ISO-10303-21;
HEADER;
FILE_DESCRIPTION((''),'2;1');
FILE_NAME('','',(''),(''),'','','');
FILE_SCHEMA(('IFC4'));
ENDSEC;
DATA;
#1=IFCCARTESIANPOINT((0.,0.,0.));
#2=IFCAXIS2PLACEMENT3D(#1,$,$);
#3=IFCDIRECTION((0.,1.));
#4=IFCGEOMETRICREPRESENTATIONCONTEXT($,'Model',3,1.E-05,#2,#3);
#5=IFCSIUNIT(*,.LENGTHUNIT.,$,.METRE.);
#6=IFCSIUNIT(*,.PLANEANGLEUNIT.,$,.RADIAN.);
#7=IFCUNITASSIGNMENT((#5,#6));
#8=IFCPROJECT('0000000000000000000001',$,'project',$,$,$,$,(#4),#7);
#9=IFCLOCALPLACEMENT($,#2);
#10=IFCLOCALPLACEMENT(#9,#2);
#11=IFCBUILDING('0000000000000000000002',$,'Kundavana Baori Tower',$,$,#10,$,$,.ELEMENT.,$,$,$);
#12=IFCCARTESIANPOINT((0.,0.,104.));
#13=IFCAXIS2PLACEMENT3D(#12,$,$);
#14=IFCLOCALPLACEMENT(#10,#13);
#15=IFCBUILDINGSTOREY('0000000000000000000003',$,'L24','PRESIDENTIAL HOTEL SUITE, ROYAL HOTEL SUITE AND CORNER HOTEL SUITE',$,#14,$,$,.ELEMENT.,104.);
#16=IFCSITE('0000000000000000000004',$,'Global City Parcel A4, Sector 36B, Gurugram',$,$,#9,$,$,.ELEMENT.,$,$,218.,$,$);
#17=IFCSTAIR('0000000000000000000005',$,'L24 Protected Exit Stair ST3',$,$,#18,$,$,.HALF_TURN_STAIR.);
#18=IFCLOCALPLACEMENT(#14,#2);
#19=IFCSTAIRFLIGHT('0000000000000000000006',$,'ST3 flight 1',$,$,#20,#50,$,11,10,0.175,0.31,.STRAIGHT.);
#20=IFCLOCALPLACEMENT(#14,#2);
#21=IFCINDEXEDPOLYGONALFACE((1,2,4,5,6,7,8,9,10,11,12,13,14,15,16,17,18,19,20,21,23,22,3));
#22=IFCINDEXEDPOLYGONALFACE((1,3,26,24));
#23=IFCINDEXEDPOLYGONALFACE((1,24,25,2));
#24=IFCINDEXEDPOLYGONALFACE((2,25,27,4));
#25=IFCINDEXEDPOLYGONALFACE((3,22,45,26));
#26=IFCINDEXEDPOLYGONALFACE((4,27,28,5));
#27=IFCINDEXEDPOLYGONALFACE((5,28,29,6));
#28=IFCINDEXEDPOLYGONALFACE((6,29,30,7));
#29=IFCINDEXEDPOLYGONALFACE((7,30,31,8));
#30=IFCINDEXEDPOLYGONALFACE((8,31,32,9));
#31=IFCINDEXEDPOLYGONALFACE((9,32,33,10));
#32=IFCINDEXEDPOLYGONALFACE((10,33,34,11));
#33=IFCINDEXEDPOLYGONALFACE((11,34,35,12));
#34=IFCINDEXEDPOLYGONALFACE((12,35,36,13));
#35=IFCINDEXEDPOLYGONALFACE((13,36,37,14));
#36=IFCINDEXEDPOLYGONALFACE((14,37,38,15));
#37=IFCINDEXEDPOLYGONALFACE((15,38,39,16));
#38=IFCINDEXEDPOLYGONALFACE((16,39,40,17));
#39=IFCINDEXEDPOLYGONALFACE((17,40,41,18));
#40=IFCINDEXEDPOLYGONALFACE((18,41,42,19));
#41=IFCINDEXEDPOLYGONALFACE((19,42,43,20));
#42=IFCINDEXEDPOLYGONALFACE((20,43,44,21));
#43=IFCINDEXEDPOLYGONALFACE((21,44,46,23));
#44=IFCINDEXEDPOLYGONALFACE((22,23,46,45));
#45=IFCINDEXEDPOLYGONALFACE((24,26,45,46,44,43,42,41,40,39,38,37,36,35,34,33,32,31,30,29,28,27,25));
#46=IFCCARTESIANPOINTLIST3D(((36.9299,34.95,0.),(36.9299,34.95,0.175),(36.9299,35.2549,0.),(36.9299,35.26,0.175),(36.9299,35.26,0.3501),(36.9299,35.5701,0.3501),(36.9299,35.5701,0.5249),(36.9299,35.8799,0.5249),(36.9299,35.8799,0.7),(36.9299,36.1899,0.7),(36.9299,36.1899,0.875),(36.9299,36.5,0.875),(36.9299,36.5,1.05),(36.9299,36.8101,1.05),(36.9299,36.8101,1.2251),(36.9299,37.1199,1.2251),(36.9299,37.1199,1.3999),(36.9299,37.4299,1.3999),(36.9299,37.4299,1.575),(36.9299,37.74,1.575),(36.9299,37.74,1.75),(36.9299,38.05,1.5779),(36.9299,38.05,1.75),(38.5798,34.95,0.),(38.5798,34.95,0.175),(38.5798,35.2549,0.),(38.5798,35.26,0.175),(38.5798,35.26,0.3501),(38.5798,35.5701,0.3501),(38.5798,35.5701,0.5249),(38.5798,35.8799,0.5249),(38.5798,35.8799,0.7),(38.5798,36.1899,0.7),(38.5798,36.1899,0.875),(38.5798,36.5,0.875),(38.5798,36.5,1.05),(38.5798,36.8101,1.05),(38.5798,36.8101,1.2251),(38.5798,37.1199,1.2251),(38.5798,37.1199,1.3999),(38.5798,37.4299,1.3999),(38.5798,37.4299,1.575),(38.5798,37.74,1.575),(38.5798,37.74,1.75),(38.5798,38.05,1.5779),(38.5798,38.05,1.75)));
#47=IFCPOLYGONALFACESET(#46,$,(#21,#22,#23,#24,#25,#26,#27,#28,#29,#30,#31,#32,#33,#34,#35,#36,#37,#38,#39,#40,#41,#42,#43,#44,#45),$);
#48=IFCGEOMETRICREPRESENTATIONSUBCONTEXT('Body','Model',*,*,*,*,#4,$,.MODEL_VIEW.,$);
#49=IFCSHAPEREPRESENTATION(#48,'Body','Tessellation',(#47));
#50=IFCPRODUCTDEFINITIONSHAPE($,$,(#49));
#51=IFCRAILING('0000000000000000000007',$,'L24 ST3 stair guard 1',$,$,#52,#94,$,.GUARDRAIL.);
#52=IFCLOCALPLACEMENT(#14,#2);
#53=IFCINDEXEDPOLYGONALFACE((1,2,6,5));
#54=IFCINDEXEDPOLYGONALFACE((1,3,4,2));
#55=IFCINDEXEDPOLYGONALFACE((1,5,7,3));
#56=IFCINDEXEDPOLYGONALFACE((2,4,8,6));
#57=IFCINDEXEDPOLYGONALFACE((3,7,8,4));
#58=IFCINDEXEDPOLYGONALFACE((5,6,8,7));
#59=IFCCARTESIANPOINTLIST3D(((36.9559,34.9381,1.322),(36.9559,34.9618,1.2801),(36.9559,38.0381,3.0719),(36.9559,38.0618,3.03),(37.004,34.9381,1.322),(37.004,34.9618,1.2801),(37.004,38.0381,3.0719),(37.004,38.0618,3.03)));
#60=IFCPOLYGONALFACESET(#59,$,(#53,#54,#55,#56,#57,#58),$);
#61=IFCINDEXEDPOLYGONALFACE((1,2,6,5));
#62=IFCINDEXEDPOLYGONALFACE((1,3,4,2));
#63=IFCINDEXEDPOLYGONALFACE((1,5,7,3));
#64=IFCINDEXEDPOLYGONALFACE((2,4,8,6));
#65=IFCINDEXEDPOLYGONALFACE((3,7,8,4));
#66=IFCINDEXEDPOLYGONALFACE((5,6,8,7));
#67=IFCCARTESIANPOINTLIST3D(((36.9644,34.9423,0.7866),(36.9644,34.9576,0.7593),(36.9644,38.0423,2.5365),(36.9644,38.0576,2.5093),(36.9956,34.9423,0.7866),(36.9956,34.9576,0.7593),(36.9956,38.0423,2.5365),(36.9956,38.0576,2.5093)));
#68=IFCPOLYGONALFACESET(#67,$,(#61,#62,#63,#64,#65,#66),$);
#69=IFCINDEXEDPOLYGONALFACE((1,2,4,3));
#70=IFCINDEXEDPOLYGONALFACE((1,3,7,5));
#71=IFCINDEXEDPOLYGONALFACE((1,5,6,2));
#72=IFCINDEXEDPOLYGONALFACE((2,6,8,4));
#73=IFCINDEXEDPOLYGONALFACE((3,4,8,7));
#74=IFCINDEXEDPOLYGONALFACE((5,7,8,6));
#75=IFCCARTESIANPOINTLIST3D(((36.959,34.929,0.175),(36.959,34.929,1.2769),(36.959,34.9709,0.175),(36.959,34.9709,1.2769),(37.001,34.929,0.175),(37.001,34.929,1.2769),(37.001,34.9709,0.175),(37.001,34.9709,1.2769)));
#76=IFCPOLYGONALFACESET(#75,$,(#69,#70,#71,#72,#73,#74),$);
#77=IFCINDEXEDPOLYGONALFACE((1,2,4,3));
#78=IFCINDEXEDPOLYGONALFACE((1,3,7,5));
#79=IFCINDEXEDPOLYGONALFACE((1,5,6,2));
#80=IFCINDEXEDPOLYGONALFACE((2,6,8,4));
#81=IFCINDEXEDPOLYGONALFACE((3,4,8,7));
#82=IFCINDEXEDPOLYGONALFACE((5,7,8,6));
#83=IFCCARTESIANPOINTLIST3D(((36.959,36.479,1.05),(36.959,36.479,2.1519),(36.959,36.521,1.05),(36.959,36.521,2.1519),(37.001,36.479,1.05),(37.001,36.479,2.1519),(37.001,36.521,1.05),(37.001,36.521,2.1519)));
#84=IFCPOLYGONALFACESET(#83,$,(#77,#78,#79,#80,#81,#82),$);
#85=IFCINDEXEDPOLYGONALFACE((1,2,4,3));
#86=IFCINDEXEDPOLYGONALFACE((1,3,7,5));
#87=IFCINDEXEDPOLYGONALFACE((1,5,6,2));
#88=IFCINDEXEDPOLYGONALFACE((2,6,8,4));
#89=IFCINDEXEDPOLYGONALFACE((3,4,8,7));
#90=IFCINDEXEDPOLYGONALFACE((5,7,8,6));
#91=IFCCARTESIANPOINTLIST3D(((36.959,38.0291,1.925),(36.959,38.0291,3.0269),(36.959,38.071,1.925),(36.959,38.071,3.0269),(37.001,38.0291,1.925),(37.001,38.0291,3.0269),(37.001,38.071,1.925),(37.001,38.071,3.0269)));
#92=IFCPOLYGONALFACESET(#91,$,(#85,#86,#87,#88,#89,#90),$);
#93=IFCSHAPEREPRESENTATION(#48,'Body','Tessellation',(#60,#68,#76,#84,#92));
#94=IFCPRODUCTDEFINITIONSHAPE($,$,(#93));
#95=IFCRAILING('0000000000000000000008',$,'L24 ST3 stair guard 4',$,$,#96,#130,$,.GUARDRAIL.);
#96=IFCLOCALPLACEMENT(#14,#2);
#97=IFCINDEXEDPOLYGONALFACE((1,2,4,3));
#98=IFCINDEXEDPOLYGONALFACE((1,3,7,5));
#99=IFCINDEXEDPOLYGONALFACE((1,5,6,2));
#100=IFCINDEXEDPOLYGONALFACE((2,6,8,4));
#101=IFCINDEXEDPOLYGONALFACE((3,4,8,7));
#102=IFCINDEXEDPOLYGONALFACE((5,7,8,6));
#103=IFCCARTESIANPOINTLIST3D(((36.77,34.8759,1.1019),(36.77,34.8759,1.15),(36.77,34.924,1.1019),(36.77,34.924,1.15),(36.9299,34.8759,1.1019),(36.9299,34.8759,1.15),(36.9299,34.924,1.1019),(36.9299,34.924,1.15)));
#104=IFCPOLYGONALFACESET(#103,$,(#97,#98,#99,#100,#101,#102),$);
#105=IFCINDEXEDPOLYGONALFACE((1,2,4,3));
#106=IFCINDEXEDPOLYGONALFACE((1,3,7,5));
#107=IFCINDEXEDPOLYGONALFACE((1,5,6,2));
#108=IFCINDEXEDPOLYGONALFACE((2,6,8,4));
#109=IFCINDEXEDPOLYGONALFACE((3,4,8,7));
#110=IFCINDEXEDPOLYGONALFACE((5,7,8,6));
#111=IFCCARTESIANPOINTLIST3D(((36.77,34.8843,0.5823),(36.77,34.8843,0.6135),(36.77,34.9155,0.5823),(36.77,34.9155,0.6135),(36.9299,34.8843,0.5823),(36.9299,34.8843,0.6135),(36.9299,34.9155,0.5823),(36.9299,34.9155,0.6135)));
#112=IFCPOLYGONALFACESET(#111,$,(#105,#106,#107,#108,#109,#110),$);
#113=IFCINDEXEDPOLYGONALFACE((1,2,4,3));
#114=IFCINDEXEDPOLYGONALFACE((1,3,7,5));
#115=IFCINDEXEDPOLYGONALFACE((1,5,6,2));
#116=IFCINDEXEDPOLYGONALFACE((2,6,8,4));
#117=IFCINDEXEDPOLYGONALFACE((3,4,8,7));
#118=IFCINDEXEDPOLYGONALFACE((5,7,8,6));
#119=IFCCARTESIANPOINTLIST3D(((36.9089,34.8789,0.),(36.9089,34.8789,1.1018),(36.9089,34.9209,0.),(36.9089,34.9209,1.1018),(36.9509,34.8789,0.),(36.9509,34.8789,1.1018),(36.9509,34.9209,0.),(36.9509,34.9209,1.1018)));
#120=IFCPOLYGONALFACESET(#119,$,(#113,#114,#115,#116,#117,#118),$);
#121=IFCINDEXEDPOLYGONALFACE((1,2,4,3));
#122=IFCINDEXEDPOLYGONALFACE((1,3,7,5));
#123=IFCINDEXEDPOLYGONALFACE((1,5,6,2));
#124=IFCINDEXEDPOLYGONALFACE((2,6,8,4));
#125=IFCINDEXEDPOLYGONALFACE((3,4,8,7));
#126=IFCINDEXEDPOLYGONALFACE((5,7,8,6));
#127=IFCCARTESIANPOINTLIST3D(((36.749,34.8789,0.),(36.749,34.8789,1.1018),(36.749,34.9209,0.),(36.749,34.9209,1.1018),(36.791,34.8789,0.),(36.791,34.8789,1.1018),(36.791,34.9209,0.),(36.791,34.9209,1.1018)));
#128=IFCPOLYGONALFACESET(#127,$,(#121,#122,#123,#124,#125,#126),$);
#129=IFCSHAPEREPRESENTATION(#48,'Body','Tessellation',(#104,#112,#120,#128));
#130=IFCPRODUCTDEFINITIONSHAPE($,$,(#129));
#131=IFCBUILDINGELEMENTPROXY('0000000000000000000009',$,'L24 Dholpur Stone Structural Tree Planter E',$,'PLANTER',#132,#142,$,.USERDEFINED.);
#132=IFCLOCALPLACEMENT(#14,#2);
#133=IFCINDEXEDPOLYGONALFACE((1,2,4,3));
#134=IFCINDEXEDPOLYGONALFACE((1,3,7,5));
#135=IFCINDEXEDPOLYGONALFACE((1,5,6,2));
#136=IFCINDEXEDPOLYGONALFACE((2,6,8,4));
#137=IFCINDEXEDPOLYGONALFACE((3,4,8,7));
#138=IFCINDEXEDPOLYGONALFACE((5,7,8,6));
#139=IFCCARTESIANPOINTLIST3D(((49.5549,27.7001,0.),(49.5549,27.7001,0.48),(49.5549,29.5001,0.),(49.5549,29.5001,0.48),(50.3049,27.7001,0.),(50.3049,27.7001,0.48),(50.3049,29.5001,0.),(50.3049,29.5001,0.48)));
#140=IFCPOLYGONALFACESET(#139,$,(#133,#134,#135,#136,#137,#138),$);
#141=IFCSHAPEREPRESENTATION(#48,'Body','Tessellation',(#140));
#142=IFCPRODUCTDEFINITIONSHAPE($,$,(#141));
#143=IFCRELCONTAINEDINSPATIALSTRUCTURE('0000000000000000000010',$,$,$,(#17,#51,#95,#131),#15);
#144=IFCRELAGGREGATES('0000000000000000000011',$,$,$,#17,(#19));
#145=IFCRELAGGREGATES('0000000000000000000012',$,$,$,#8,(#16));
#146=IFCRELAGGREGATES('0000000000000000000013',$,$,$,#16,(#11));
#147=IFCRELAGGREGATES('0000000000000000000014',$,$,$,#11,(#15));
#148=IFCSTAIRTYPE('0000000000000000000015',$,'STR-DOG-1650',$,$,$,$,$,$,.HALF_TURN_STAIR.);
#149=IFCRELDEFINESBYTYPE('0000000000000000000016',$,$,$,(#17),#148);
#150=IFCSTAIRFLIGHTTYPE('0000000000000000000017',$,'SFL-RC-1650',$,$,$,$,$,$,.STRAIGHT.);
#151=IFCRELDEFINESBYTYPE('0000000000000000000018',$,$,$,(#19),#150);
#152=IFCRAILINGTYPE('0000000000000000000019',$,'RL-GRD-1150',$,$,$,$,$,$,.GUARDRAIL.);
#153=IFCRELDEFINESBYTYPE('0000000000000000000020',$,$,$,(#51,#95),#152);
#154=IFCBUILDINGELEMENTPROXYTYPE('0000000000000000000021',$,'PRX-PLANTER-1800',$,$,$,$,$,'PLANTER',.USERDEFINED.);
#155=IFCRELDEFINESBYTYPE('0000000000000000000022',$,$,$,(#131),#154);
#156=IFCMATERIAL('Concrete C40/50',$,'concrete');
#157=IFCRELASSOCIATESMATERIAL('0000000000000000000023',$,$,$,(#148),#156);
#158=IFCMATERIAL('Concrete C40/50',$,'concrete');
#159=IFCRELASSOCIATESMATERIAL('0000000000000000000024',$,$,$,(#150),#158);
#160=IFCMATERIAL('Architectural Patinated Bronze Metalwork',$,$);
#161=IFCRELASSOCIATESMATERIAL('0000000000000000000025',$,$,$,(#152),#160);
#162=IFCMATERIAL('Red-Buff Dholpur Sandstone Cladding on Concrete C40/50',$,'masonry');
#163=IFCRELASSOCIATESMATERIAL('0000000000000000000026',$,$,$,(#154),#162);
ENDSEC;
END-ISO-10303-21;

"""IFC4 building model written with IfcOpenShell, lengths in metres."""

from ifc_helpers import new_model, si_unit, direction, frame, origin, origin_2d, place, context, subcontext, project, spatial, polyline, rectangle, outline, extrude, material, type_object, element, aggregate, save


model = new_model("IFC4")

# Units and contexts
model_context = context("Model", 3, precision=1e-05, world=origin(), true_north=direction((0.0, 1.0)))
body_context = subcontext(model_context, "Body", "Model", "MODEL_VIEW")
ifc_project = project(units=[si_unit("LENGTHUNIT", "METRE"), si_unit("PLANEANGLEUNIT", "RADIAN")], contexts=[model_context])

# Site, building, storey
site_placement = place(None, origin())
site = spatial("IfcSite", under=ifc_project, at=site_placement, Name="Global City Parcel A4, Sector 36B, Gurugram", CompositionType="ELEMENT", RefElevation=218.0)
building_placement = place(site_placement, origin())
building = spatial("IfcBuilding", under=site, at=building_placement, Name="Kundavana Baori Tower", CompositionType="ELEMENT")
storey_placement = place(building_placement, frame((0.0, 0.0, 104.0)))
storey = spatial("IfcBuildingStorey", under=building, at=storey_placement, Name="L24", Description="PRESIDENTIAL HOTEL SUITE, ROYAL HOTEL SUITE AND CORNER HOTEL SUITE", CompositionType="ELEMENT", Elevation=104.0)

# Stair, stair flight
ifc_material_1 = material(Name="Concrete C40/50", Category="concrete")
stair_type = type_object("IfcStairType", Name="STR-DOG-1650", PredefinedType="HALF_TURN_STAIR", material=ifc_material_1)
stair_placement = place(storey_placement, origin())
stair = element("IfcStair", 1, at=stair_placement, inside=storey, type_object=stair_type, Name="L24 Protected Exit Stair ST3", PredefinedType="HALF_TURN_STAIR")
ifc_material_2 = material(Name="Concrete C40/50", Category="concrete")
stair_flight_type = type_object("IfcStairFlightType", Name="SFL-RC-1650", PredefinedType="STRAIGHT", material=ifc_material_2)
stair_flight_placement = place(storey_placement, frame((37.7549, 34.95, 0.0), z_axis=(0.0, 0.0, 1.0), x_axis=(0.0, 1.0, 0.0)))
stair_flight = element("IfcStairFlight", 2, at=stair_flight_placement, type_object=stair_flight_type, Name="ST3 flight 1", NumberOfRisers=11, NumberOfTreads=10, PredefinedType="STRAIGHT", RiserHeight=0.175, TreadLength=0.31, context=body_context, shape_type="SweptSolid", body=[
    extrude(outline(polyline([(0.0, 0.0), (0.0, 0.175), (0.3101, 0.175), (0.3101, 0.3501), (0.6201, 0.3501), (0.6201, 0.5249), (0.9299, 0.5249), (0.9299, 0.7), (1.24, 0.7), (1.24, 0.875), (1.55, 0.875), (1.55, 1.05), (1.8601, 1.05), (1.8601, 1.2251), (2.1699, 1.2251), (2.1699, 1.3999), (2.48, 1.3999), (2.48, 1.575), (2.79, 1.575), (2.79, 1.75), (3.1001, 1.75), (3.1001, 1.925), (3.1001, 1.5779), (0.3049, 0.0), (0.0, 0.0)])), frame((0.0, 0.825, 0.0), z_axis=(0.0, -1.0, 0.0), x_axis=(1.0, 0.0, 0.0)), (0.0, 0.0, 1.0), 1.6499),
])
aggregate(stair, [stair_flight])

# Railings
ifc_material_3 = material(Name="Architectural Patinated Bronze Metalwork")
railing_type = type_object("IfcRailingType", Name="RL-GRD-1150", PredefinedType="GUARDRAIL", material=ifc_material_3)
railing_1_placement = place(storey_placement, frame((36.98, 34.95, 0.175)))
element("IfcRailing", 3, at=railing_1_placement, inside=storey, type_object=railing_type, Name="L24 ST3 stair guard 1", PredefinedType="GUARDRAIL", context=body_context, shape_type="SweptSolid", body=[
    extrude(rectangle(XDim=0.0481, YDim=0.0481, at=origin_2d()), frame((0.0, 0.0, 1.126), z_axis=(0.0, 0.870831, 0.491583), x_axis=(-1.0, 0.0, 0.0)), (0.0, 0.0, 1.0), 3.5598),
    extrude(rectangle(XDim=0.0312, YDim=0.0312, at=origin_2d()), frame((0.0, 0.0, 0.5979), z_axis=(0.0, 0.870831, 0.491583), x_axis=(-1.0, 0.0, 0.0)), (0.0, 0.0, 1.0), 3.5598),
    extrude(rectangle(XDim=0.042, YDim=0.042, at=origin_2d()), origin(), (0.0, 0.0, 1.0), 1.1018),
    extrude(rectangle(XDim=0.042, YDim=0.042, at=origin_2d()), frame((0.0, 1.55, 0.875)), (0.0, 0.0, 1.0), 1.1018),
    extrude(rectangle(XDim=0.042, YDim=0.042, at=origin_2d()), frame((0.0, 3.1001, 1.75)), (0.0, 0.0, 1.0), 1.1018),
])
railing_2_placement = place(storey_placement, frame((36.9299, 34.8999, 0.0)))
element("IfcRailing", 4, at=railing_2_placement, inside=storey, type_object=railing_type, Name="L24 ST3 stair guard 4", PredefinedType="GUARDRAIL", context=body_context, shape_type="SweptSolid", body=[
    extrude(rectangle(XDim=0.0481, YDim=0.0481, at=origin_2d()), frame((0.0, 0.0, 1.126), z_axis=(-1.0, 0.0, 0.0), x_axis=(0.0, -1.0, 0.0)), (0.0, 0.0, 1.0), 0.1599),
    extrude(rectangle(XDim=0.0312, YDim=0.0312, at=origin_2d()), frame((0.0, 0.0, 0.5979), z_axis=(-1.0, 0.0, 0.0), x_axis=(0.0, -1.0, 0.0)), (0.0, 0.0, 1.0), 0.1599),
    extrude(rectangle(XDim=0.042, YDim=0.042, at=origin_2d()), origin(), (0.0, 0.0, 1.0), 1.1018),
    extrude(rectangle(XDim=0.042, YDim=0.042, at=origin_2d()), frame((-0.1599, 0.0, 0.0)), (0.0, 0.0, 1.0), 1.1018),
])

# Building element proxy
ifc_material_4 = material(Name="Red-Buff Dholpur Sandstone Cladding on Concrete C40/50", Category="masonry")
building_element_proxy_type = type_object("IfcBuildingElementProxyType", Name="PRX-PLANTER-1800", ElementType="PLANTER", PredefinedType="USERDEFINED", material=ifc_material_4)
proxy_placement = place(storey_placement, frame((49.9299, 28.6001, 0.0), z_axis=(0.0, 0.0, 1.0), x_axis=(0.0, 1.0, 0.0)))
element("IfcBuildingElementProxy", 5, at=proxy_placement, inside=storey, type_object=building_element_proxy_type, Name="L24 Dholpur Stone Structural Tree Planter E", ObjectType="PLANTER", PredefinedType="USERDEFINED", context=body_context, shape_type="SweptSolid", body=[
    extrude(rectangle(XDim=1.8, YDim=0.75, at=origin_2d()), origin(), (0.0, 0.0, 1.0), 0.48),
])

save(model, "model.ifc")
